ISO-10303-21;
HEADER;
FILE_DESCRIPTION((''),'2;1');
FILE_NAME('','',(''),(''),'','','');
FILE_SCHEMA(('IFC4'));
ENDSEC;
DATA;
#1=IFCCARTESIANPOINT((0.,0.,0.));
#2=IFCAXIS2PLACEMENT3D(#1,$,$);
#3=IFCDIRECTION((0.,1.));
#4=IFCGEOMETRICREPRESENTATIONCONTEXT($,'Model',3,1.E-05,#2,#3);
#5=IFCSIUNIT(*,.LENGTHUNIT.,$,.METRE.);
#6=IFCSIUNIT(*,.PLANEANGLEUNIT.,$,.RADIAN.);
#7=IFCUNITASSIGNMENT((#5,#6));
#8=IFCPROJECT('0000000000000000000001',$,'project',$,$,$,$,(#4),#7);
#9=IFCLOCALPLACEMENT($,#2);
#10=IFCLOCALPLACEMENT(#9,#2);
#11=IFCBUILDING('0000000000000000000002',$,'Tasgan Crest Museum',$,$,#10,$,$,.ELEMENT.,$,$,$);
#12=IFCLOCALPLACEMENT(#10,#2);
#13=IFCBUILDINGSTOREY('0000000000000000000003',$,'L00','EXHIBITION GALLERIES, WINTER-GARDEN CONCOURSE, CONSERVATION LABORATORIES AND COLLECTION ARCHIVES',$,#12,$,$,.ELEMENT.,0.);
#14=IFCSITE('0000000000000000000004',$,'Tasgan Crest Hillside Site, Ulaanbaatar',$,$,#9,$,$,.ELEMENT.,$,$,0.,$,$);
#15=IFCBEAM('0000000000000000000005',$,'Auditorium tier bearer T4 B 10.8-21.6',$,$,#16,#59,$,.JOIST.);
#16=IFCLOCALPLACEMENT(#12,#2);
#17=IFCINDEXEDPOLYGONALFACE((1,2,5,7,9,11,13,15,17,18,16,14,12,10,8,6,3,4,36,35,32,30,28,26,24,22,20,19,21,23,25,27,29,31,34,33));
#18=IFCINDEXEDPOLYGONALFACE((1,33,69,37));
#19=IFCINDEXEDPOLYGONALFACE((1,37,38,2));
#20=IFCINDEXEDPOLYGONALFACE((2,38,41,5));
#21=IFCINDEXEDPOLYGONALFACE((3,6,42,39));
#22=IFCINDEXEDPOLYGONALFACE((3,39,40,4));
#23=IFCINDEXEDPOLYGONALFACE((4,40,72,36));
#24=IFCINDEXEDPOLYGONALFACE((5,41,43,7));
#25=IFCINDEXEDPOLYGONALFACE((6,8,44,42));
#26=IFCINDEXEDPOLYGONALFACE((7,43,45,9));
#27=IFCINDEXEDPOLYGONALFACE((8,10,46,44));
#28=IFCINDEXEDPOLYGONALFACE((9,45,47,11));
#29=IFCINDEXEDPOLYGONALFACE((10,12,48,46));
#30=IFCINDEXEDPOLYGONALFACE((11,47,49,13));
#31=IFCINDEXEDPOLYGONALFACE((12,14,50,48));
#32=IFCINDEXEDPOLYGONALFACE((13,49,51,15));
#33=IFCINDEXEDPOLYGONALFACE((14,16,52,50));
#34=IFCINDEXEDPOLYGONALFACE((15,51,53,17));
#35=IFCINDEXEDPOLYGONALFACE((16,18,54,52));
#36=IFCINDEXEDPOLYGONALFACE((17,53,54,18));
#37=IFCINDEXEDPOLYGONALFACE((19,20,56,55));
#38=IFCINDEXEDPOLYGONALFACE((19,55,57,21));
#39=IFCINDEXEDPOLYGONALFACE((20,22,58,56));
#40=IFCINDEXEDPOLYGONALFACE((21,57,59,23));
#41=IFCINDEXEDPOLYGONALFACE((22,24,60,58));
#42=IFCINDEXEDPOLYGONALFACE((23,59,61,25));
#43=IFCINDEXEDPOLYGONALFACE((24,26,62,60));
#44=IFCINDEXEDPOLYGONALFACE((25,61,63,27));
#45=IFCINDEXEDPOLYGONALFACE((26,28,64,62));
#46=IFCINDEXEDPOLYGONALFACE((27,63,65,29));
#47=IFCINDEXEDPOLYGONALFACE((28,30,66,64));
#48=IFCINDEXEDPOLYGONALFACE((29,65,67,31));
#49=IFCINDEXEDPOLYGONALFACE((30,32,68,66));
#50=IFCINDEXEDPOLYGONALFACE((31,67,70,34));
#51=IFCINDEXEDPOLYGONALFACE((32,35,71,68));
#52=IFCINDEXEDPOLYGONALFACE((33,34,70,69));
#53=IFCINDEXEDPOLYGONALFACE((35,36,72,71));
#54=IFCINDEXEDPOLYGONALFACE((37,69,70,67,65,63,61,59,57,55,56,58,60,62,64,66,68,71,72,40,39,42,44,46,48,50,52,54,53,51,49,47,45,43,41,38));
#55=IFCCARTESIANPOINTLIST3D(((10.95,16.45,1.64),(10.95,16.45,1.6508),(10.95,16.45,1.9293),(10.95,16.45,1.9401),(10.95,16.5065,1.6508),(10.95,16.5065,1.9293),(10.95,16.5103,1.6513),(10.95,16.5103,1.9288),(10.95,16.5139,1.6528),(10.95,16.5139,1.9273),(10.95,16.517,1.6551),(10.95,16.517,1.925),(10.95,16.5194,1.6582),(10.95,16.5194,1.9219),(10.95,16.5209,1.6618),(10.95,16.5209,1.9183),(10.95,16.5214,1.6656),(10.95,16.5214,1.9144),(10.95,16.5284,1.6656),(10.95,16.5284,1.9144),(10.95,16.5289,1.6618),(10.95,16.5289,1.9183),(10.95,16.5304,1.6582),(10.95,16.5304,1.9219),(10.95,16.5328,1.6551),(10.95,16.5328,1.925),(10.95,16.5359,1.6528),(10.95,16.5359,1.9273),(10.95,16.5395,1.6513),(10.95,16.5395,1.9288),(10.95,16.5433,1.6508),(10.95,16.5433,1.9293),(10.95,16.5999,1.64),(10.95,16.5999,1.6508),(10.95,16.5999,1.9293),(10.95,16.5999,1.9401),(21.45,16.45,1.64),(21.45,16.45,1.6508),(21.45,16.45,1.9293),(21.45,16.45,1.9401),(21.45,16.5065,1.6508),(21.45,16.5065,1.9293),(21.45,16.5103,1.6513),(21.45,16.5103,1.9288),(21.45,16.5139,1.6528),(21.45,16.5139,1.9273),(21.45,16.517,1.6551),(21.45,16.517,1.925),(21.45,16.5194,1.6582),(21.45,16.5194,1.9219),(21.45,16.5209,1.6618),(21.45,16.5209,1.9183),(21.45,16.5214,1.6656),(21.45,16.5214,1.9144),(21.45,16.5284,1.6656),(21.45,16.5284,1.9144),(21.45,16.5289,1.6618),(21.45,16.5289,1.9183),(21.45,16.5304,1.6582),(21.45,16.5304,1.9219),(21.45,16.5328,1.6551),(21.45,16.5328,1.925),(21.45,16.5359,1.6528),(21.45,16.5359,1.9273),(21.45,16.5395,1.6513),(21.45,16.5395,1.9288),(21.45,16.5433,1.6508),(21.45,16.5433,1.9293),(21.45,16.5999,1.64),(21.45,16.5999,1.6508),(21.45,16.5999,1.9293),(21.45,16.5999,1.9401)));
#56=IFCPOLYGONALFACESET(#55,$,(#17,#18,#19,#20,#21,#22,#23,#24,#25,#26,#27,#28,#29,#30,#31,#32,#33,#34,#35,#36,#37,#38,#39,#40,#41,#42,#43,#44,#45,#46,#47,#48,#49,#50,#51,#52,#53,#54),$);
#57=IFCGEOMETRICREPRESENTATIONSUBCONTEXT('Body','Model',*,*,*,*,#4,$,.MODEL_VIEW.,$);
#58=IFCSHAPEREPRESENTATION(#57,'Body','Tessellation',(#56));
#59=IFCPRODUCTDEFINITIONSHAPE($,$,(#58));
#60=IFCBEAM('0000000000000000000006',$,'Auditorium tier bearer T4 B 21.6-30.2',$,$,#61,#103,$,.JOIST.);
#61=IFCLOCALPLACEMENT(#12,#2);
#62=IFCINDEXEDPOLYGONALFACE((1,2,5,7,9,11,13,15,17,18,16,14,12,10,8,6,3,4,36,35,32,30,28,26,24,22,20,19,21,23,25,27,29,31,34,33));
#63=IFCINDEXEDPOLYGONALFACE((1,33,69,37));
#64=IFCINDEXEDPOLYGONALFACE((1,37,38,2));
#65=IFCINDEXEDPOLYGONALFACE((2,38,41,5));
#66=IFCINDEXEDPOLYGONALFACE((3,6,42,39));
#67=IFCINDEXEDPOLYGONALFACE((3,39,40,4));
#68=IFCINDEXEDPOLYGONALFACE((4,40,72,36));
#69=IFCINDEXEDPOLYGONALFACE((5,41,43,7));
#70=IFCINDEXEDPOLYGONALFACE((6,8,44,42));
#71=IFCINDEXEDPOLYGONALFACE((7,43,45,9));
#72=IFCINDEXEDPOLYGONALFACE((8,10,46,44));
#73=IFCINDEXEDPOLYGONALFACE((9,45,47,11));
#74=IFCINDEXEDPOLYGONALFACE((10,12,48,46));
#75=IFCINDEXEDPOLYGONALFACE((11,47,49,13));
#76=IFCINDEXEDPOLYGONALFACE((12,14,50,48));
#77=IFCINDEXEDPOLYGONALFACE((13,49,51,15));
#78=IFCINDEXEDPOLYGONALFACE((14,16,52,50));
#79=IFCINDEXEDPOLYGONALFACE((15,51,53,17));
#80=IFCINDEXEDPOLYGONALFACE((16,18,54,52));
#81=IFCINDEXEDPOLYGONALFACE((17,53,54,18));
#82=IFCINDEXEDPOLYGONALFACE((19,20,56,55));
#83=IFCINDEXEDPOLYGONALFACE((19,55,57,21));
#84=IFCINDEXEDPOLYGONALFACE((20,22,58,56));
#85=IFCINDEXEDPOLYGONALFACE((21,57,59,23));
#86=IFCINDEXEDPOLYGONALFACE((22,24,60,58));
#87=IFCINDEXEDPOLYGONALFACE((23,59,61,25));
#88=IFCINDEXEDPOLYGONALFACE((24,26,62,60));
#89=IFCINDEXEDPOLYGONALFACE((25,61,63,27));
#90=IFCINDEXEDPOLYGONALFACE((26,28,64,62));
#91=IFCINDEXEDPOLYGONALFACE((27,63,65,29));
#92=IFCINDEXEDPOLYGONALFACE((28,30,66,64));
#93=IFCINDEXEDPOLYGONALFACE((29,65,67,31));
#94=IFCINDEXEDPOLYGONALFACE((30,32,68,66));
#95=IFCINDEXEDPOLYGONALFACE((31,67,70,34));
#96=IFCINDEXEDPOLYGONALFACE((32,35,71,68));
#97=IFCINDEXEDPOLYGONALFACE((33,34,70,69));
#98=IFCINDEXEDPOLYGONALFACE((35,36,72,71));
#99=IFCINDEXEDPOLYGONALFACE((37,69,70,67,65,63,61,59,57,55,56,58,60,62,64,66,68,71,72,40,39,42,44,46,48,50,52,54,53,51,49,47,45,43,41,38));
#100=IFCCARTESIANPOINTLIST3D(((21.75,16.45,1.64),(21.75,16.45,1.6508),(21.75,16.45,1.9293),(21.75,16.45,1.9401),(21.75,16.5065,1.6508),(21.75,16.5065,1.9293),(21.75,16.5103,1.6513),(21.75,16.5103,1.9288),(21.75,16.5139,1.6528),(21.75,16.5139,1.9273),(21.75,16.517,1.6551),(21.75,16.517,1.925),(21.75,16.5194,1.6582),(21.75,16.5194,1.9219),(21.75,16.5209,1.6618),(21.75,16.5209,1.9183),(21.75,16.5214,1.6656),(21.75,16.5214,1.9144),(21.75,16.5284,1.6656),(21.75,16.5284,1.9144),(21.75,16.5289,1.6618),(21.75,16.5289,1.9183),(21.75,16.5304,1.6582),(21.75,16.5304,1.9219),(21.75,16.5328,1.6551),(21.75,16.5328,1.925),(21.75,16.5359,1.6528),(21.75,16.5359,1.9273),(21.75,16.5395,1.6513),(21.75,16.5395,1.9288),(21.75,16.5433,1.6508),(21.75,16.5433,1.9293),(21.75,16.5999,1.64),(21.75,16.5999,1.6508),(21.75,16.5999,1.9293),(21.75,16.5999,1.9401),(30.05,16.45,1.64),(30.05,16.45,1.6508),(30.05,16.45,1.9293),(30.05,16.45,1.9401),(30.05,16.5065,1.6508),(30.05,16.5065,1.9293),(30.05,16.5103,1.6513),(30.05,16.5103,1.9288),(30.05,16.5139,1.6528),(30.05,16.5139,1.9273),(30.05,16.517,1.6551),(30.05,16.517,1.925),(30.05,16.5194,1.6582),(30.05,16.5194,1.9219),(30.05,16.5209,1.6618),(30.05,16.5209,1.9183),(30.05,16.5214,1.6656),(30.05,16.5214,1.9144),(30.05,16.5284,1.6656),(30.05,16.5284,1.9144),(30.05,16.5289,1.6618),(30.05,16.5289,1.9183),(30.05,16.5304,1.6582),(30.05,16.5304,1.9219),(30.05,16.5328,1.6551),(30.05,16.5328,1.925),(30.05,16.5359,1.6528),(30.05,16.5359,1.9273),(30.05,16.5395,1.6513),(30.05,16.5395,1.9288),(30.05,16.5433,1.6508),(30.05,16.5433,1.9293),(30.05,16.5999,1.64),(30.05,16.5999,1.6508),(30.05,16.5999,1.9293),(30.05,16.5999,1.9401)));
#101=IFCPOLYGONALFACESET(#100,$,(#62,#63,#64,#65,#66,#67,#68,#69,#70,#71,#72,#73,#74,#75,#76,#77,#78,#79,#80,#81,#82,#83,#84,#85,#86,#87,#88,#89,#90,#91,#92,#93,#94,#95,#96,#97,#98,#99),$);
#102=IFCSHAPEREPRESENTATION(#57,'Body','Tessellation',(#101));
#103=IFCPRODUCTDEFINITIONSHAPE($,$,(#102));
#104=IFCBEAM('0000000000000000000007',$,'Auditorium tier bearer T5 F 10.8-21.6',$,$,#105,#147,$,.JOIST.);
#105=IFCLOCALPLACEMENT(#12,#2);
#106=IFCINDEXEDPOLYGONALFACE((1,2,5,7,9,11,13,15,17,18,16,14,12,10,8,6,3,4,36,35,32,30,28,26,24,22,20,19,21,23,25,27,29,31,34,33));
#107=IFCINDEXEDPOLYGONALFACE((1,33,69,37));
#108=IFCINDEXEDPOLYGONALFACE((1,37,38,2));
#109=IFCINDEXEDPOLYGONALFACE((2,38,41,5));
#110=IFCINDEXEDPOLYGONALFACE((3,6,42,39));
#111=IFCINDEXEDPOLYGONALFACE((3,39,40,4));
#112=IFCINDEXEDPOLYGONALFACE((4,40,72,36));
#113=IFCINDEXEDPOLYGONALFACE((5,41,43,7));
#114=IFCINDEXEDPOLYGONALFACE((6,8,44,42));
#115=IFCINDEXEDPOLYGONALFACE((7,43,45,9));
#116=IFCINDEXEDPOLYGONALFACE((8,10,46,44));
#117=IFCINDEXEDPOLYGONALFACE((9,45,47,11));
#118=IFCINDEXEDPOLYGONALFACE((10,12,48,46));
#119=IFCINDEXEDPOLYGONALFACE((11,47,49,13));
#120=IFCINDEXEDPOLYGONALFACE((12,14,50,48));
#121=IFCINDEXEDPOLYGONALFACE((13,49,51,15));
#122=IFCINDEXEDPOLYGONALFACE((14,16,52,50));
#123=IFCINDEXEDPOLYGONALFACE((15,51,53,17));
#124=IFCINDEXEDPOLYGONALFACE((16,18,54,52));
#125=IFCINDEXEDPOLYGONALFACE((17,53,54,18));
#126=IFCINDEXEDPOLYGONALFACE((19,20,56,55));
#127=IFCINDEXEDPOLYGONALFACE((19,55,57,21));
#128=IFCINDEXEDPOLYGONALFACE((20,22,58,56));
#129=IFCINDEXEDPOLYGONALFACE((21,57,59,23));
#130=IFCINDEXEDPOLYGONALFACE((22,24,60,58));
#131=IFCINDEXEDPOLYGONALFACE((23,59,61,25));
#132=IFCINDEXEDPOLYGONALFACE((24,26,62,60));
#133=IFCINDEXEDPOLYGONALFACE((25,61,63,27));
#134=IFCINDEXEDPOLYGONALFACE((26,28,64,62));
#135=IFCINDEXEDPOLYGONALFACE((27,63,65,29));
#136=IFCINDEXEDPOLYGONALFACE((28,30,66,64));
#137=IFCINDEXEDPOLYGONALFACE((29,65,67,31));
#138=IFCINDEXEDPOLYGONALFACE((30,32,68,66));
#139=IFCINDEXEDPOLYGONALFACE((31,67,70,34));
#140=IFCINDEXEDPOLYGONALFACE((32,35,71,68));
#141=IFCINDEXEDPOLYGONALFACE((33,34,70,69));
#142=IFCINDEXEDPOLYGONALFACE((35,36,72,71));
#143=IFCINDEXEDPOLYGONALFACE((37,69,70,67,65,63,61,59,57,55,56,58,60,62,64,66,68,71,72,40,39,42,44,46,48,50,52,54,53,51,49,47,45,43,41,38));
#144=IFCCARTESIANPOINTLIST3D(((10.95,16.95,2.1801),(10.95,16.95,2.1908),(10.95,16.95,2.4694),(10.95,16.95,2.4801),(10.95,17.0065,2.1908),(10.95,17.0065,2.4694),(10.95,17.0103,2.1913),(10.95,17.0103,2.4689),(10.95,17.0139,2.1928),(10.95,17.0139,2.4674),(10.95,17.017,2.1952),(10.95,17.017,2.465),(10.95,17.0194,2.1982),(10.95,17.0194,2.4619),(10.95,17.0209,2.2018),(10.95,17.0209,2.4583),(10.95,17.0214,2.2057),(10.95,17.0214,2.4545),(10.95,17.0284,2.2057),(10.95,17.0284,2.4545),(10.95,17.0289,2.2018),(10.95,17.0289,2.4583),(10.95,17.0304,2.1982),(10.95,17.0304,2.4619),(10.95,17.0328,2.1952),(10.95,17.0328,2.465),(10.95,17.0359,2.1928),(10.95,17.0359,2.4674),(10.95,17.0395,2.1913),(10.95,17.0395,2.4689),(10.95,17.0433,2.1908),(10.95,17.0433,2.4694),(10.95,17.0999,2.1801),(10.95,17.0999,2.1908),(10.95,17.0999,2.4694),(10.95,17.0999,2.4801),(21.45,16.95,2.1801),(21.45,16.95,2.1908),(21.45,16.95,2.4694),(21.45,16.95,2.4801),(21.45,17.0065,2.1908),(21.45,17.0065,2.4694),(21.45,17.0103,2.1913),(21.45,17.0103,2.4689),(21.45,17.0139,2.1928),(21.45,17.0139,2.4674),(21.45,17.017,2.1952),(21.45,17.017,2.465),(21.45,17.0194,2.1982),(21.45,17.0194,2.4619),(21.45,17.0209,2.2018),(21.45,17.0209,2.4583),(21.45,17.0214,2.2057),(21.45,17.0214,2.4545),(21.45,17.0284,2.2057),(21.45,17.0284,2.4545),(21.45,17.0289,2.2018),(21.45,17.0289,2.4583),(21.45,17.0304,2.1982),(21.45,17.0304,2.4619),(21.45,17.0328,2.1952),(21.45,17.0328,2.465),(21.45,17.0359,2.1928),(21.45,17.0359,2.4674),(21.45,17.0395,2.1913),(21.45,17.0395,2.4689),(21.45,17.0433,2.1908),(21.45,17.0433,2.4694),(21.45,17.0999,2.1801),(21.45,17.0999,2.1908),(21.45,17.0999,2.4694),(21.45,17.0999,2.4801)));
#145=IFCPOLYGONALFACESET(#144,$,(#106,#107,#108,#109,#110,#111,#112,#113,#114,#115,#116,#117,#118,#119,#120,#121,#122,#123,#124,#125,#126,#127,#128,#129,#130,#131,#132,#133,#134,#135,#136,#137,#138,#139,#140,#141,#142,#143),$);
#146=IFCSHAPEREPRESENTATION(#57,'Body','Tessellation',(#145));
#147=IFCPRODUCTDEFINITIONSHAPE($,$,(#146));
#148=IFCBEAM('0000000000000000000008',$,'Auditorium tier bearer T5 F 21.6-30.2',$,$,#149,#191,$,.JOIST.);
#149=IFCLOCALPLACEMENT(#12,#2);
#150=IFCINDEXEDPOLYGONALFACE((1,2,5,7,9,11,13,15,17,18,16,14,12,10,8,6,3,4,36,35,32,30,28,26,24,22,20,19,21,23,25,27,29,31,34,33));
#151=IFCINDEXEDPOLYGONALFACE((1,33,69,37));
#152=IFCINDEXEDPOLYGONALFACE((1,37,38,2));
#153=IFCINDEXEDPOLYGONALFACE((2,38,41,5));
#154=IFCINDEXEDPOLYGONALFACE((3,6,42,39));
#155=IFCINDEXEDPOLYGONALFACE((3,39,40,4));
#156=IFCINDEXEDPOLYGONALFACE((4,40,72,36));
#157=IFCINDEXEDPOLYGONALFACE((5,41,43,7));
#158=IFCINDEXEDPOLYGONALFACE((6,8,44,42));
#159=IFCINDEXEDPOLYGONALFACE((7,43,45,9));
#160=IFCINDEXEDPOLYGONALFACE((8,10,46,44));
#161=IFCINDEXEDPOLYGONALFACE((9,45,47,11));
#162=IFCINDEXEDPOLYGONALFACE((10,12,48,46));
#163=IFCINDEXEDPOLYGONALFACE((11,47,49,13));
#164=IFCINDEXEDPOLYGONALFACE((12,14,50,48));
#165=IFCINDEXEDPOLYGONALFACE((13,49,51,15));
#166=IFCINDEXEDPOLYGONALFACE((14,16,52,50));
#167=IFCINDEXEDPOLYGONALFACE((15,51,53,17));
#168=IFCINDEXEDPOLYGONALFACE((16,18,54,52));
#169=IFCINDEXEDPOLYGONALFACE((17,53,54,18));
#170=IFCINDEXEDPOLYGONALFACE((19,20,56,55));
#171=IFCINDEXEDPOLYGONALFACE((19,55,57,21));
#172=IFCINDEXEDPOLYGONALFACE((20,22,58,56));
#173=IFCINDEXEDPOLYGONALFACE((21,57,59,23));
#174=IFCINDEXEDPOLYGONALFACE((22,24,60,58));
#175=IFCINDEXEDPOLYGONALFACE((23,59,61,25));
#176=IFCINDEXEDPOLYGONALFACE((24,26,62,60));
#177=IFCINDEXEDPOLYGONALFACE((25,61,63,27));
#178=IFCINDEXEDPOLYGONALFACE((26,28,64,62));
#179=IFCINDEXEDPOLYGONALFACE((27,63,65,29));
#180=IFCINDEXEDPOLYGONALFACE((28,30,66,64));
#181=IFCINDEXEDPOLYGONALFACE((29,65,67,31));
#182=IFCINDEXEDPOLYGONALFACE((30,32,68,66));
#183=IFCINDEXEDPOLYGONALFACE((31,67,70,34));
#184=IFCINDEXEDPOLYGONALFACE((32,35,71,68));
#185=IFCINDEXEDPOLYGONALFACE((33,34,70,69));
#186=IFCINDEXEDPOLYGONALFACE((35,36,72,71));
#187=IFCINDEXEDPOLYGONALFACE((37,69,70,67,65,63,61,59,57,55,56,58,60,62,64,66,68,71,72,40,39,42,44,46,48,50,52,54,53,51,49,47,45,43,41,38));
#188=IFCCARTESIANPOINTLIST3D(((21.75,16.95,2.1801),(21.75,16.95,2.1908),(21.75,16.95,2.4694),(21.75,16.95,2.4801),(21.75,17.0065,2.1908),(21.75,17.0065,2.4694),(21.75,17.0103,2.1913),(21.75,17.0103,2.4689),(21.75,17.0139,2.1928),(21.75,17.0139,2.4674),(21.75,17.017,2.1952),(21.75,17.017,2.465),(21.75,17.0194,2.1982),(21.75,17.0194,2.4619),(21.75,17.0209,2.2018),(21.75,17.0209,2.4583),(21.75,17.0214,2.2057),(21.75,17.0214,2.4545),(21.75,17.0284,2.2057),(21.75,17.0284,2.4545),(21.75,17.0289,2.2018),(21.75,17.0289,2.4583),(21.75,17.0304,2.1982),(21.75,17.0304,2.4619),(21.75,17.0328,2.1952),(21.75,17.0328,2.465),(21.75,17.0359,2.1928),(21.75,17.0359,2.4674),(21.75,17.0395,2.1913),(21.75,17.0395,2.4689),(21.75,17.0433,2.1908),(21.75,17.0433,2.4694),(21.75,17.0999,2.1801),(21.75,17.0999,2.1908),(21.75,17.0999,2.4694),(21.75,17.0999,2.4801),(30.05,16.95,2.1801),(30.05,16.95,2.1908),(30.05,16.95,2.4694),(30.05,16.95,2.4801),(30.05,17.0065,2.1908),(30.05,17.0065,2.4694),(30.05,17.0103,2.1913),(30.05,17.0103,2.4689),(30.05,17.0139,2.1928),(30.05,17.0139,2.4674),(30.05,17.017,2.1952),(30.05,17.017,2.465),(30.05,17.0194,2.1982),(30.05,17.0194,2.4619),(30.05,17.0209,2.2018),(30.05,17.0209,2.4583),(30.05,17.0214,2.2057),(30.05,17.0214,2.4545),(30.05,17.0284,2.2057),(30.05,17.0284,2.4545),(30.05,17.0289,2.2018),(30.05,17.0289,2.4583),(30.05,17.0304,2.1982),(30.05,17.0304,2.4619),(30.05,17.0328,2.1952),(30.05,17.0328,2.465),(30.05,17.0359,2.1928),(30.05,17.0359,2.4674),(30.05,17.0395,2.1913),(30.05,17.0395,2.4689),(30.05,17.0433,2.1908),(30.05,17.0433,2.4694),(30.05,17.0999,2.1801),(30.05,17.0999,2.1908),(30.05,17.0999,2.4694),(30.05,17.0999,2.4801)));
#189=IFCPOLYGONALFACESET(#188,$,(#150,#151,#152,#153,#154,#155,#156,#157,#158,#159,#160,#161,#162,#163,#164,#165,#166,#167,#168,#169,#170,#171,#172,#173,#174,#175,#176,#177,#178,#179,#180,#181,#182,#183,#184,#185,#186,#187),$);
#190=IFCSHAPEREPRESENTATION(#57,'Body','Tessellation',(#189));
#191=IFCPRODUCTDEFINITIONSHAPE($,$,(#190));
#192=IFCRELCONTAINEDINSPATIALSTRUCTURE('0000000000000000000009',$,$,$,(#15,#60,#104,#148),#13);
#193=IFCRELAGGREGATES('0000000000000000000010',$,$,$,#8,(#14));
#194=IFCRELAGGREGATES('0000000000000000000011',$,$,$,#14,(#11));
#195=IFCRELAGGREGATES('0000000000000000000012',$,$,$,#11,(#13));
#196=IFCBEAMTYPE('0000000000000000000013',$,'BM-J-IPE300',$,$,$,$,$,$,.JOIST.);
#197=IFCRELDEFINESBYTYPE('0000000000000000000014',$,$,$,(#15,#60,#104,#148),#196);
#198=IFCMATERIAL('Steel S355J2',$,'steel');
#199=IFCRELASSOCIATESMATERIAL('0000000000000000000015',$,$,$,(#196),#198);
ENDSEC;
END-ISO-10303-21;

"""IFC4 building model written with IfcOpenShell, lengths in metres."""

from ifc_helpers import new_model, si_unit, direction, frame, origin, origin_2d, place, context, subcontext, project, spatial, i_section, extrude, material, material_profile, profile_set, type_object, element, save


model = new_model("IFC4")

# Units and contexts
model_context = context("Model", 3, precision=1e-05, world=origin(), true_north=direction((0.0, 1.0)))
body_context = subcontext(model_context, "Body", "Model", "MODEL_VIEW")
ifc_project = project(units=[si_unit("LENGTHUNIT", "METRE"), si_unit("PLANEANGLEUNIT", "RADIAN")], contexts=[model_context])

# Site, building, storey
site_placement = place(None, origin())
site = spatial("IfcSite", under=ifc_project, at=site_placement, Name="Tasgan Crest Hillside Site, Ulaanbaatar", CompositionType="ELEMENT", RefElevation=0.0)
building_placement = place(site_placement, origin())
building = spatial("IfcBuilding", under=site, at=building_placement, Name="Tasgan Crest Museum", CompositionType="ELEMENT")
storey_placement = place(building_placement, origin())
storey = spatial("IfcBuildingStorey", under=building, at=storey_placement, Name="L00", Description="EXHIBITION GALLERIES, WINTER-GARDEN CONCOURSE, CONSERVATION LABORATORIES AND COLLECTION ARCHIVES", CompositionType="ELEMENT", Elevation=0.0)

# Beams
ifc_material_1 = material(Name="Steel S355J2", Category="steel")
ifc_material_profile_1 = material_profile(ifc_material_1, i_section(OverallWidth=0.1499, OverallDepth=0.3, WebThickness=0.0071, FlangeThickness=0.0107, FilletRadius=0.0149, at=origin_2d()), Name="IPE 300")
ifc_profile_set_1 = profile_set([ifc_material_profile_1], Name="Steel S355J2")
beam_type = type_object("IfcBeamType", Name="BM-J-IPE300", PredefinedType="JOIST", material=ifc_profile_set_1)
beam_1_placement = place(storey_placement, frame((10.95, 16.5249, 1.79), z_axis=(1.0, 0.0, 0.0), x_axis=(0.0, 1.0, 0.0)))
element("IfcBeam", 1, at=beam_1_placement, inside=storey, type_object=beam_type, Name="Auditorium tier bearer T4 B 10.8-21.6", PredefinedType="JOIST", context=body_context, shape_type="SweptSolid", body=[
    extrude(i_section(OverallWidth=0.1499, OverallDepth=0.3, WebThickness=0.0071, FlangeThickness=0.0107, FilletRadius=0.0149, at=origin_2d()), origin(), (0.0, 0.0, 1.0), 10.5),
])
beam_2_placement = place(storey_placement, frame((21.75, 16.5249, 1.79), z_axis=(1.0, 0.0, 0.0), x_axis=(0.0, 1.0, 0.0)))
element("IfcBeam", 2, at=beam_2_placement, inside=storey, type_object=beam_type, Name="Auditorium tier bearer T4 B 21.6-30.2", PredefinedType="JOIST", context=body_context, shape_type="SweptSolid", body=[
    extrude(i_section(OverallWidth=0.1499, OverallDepth=0.3, WebThickness=0.0071, FlangeThickness=0.0107, FilletRadius=0.0149, at=origin_2d()), origin(), (0.0, 0.0, 1.0), 8.3),
])
beam_3_placement = place(storey_placement, frame((10.95, 17.0249, 2.3301), z_axis=(1.0, 0.0, 0.0), x_axis=(0.0, 1.0, 0.0)))
element("IfcBeam", 3, at=beam_3_placement, inside=storey, type_object=beam_type, Name="Auditorium tier bearer T5 F 10.8-21.6", PredefinedType="JOIST", context=body_context, shape_type="SweptSolid", body=[
    extrude(i_section(OverallWidth=0.1499, OverallDepth=0.3, WebThickness=0.0071, FlangeThickness=0.0107, FilletRadius=0.0149, at=origin_2d()), origin(), (0.0, 0.0, 1.0), 10.5),
])
beam_4_placement = place(storey_placement, frame((21.75, 17.0249, 2.3301), z_axis=(1.0, 0.0, 0.0), x_axis=(0.0, 1.0, 0.0)))
element("IfcBeam", 4, at=beam_4_placement, inside=storey, type_object=beam_type, Name="Auditorium tier bearer T5 F 21.6-30.2", PredefinedType="JOIST", context=body_context, shape_type="SweptSolid", body=[
    extrude(i_section(OverallWidth=0.1499, OverallDepth=0.3, WebThickness=0.0071, FlangeThickness=0.0107, FilletRadius=0.0149, at=origin_2d()), origin(), (0.0, 0.0, 1.0), 8.3),
])

save(model, "model.ifc")
